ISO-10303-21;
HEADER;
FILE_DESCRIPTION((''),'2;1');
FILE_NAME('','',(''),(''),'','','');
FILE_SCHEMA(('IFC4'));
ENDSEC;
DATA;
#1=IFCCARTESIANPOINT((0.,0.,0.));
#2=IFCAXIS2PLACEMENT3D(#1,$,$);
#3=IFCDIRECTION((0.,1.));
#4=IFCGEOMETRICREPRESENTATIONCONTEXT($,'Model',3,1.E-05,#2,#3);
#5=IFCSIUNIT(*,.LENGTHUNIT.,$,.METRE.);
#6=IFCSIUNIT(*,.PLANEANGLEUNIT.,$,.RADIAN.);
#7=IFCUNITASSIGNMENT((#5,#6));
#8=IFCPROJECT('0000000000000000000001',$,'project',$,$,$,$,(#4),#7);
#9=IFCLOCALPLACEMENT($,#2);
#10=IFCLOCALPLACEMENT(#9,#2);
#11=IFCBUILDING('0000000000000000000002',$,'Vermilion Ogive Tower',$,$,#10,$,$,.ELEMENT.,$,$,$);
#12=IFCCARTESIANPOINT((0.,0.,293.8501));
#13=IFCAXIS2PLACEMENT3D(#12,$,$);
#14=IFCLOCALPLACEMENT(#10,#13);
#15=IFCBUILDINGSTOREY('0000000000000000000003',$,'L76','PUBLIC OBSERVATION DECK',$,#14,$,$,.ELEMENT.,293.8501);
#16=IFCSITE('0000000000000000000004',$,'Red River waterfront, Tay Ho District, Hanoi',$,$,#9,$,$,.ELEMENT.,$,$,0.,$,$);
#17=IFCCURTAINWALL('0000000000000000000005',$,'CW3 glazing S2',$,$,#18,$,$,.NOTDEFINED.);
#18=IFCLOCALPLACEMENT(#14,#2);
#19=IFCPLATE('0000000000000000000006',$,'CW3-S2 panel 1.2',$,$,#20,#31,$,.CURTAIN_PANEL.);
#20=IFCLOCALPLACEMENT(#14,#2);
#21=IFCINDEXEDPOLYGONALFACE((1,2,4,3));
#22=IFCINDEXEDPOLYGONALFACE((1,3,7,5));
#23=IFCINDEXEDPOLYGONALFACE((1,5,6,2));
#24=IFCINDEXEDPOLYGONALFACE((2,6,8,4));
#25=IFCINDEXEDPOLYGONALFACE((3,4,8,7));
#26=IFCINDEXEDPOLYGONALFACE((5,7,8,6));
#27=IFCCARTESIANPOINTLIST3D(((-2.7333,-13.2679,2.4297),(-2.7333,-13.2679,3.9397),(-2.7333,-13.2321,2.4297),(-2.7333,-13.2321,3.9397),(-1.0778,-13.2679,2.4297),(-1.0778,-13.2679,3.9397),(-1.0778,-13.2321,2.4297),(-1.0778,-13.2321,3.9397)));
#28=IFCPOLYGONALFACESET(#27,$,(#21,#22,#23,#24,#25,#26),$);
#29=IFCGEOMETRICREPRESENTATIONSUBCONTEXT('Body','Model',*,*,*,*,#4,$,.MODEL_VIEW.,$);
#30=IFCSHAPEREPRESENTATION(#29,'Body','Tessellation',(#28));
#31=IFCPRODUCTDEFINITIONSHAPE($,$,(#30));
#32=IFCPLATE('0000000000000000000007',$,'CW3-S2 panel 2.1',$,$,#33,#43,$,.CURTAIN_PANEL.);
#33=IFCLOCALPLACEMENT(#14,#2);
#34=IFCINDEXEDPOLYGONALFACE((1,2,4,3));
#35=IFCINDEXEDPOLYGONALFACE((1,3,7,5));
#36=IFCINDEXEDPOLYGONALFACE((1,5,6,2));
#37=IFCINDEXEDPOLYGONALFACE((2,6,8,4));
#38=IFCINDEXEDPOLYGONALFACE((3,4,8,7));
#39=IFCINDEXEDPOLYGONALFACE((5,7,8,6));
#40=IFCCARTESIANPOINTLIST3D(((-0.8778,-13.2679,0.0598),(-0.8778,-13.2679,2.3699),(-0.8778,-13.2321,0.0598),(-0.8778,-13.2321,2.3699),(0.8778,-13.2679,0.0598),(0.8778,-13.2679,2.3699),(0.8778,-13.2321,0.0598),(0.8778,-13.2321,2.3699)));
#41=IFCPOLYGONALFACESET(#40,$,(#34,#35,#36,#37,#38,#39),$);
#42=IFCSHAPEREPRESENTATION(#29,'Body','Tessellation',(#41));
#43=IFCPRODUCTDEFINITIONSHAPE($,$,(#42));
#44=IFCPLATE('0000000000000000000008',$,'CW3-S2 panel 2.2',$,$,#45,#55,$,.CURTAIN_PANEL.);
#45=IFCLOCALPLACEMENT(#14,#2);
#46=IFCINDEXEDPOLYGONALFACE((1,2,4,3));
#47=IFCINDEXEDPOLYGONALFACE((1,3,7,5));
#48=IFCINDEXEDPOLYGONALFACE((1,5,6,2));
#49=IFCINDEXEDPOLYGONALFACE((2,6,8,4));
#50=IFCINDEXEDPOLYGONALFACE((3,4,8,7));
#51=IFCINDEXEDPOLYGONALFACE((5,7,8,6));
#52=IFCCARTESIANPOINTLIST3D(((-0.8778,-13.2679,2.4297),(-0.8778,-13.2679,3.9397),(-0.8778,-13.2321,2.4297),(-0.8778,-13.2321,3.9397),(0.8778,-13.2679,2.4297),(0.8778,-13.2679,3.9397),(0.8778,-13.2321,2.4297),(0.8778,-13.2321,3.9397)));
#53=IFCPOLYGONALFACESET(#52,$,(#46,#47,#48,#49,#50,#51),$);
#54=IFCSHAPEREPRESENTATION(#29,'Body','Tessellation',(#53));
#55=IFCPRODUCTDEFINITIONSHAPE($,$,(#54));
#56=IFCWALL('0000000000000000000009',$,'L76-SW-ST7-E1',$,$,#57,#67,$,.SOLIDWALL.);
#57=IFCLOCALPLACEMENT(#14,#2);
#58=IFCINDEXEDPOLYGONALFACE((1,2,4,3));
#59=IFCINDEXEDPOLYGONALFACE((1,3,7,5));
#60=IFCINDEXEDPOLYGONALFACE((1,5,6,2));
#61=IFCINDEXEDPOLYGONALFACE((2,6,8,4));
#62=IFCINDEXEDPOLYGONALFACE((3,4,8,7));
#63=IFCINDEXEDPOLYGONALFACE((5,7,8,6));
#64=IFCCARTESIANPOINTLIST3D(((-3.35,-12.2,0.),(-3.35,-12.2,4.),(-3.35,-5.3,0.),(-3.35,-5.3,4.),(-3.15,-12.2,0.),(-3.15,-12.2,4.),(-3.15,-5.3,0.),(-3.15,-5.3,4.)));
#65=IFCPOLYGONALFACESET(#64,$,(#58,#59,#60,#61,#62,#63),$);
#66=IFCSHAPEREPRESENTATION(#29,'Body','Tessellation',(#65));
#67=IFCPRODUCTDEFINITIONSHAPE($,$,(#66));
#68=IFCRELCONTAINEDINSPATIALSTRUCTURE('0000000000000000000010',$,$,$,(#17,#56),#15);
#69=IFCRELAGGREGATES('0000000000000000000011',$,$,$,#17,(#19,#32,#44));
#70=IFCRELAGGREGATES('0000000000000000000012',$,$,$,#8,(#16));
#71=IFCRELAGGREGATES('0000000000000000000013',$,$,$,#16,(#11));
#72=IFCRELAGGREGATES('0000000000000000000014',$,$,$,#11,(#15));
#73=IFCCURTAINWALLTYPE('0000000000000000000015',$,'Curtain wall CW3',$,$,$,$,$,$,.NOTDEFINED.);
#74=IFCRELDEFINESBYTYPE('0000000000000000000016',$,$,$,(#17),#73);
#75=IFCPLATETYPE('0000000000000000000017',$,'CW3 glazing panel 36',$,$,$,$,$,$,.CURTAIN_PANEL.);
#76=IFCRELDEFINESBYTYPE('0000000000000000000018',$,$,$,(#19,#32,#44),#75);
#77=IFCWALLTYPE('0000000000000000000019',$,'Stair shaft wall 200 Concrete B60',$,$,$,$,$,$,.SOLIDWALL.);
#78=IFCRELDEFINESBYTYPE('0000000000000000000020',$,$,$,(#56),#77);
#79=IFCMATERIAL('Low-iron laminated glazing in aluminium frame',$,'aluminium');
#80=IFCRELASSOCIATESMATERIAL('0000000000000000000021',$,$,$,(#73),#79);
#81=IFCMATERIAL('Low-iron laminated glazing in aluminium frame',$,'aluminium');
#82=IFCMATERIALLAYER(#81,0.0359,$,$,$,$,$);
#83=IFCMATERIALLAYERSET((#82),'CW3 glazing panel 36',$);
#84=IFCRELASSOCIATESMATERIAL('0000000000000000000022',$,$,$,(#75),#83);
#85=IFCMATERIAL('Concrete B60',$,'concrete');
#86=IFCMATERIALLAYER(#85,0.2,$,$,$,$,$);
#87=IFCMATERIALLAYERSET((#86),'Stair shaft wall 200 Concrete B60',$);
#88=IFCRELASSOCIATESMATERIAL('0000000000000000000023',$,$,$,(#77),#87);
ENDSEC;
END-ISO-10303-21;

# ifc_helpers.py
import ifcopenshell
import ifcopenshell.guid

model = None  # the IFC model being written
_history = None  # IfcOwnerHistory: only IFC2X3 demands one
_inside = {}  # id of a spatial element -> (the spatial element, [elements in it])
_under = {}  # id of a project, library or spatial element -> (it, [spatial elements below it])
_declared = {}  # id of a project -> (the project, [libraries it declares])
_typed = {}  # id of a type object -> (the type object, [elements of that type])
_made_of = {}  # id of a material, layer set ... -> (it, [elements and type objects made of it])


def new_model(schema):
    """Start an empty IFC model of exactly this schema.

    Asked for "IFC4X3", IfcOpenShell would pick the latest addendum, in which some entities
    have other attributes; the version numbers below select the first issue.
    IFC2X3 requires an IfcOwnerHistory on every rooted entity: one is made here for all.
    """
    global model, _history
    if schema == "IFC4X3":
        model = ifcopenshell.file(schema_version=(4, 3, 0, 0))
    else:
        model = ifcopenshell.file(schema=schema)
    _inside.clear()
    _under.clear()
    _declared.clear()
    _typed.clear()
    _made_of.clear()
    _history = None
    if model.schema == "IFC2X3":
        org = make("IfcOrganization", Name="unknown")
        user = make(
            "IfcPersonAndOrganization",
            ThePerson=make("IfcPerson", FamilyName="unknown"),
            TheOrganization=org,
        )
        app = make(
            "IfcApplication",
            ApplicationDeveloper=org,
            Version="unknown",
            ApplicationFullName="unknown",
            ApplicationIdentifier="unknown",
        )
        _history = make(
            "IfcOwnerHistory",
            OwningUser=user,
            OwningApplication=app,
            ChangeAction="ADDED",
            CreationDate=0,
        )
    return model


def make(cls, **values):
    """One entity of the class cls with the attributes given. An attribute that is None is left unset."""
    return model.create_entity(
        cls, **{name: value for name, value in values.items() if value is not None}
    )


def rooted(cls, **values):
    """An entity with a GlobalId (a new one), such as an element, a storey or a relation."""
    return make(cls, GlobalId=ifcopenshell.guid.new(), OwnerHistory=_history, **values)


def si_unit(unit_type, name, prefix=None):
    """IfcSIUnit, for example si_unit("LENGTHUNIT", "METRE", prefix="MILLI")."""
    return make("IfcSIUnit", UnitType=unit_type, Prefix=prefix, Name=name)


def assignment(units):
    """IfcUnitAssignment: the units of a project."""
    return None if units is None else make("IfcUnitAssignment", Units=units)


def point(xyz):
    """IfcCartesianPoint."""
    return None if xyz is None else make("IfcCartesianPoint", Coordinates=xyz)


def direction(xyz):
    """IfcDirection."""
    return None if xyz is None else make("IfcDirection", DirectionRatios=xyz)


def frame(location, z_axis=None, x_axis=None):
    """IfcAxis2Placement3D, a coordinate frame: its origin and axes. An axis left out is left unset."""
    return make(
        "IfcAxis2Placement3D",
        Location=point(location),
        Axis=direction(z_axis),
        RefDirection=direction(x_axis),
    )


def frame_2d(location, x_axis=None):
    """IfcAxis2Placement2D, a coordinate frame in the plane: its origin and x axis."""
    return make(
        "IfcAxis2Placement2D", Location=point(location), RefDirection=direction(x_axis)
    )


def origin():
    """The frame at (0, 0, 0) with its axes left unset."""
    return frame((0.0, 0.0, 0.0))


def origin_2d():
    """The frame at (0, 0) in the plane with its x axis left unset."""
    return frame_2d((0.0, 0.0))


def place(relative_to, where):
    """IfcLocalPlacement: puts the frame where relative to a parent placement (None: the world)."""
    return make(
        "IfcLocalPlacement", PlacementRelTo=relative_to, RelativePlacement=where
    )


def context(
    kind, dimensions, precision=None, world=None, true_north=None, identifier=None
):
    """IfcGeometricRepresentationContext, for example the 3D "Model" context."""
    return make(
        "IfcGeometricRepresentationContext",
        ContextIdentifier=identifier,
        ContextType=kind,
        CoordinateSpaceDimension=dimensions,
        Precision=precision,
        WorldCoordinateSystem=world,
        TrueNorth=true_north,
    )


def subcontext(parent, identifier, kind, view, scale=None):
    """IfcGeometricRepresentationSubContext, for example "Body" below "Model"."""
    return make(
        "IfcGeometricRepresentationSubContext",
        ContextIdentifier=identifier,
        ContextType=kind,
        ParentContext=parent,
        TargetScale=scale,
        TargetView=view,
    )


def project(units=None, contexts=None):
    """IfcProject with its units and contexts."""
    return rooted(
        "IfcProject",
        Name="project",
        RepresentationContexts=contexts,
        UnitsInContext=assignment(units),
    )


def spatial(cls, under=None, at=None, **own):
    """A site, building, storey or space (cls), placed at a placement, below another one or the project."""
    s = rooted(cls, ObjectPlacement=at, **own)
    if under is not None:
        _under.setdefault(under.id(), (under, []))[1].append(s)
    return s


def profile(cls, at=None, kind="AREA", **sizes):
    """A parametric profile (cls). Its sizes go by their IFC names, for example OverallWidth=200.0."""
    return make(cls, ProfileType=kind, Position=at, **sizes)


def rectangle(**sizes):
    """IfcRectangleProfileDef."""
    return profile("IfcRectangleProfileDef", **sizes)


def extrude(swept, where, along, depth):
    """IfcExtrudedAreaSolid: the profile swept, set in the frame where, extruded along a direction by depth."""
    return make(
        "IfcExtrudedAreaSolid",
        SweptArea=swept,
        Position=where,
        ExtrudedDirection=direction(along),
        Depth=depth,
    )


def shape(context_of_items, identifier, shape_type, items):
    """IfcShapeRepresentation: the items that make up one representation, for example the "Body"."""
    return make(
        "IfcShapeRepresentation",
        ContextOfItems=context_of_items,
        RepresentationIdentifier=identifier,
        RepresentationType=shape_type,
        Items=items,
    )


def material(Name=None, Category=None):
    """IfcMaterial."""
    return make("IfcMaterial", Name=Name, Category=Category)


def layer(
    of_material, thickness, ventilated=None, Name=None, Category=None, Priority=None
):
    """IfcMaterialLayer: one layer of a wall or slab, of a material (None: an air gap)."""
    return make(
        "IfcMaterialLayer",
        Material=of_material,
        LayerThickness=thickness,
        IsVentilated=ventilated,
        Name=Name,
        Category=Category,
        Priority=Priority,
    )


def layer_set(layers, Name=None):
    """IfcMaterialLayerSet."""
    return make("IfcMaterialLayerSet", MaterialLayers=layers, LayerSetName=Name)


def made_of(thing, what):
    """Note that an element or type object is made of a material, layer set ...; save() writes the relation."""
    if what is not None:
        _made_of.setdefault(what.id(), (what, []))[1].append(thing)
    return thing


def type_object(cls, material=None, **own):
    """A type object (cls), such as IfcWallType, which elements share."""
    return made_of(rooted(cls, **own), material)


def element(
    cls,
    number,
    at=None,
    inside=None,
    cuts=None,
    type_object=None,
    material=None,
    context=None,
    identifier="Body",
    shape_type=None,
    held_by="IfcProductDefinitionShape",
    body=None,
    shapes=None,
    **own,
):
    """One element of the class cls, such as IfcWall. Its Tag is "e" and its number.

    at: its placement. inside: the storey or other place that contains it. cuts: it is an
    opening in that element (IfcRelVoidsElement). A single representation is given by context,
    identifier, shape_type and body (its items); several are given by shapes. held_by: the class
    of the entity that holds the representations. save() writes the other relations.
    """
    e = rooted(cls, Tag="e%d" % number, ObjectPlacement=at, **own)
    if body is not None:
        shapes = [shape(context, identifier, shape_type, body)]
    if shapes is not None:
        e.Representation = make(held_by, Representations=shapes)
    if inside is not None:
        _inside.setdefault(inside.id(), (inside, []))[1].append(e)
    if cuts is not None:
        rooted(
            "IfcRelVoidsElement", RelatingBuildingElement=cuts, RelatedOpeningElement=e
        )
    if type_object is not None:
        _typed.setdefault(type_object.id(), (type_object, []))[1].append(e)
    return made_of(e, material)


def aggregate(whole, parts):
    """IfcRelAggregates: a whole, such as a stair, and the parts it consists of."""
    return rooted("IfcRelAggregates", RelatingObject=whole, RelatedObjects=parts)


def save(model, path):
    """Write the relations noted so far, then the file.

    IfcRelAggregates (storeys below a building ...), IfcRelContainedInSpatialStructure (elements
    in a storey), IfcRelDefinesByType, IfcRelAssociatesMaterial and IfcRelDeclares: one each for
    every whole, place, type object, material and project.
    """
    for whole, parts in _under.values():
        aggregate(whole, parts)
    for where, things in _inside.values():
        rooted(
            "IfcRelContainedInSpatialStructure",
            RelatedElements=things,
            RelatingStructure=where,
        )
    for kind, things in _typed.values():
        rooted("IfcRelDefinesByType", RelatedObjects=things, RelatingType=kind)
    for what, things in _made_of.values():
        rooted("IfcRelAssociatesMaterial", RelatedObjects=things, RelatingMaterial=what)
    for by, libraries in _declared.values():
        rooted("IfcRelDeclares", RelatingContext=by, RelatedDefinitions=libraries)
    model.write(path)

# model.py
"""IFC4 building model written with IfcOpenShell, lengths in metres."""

from ifc_helpers import new_model, si_unit, direction, frame, frame_2d, origin, origin_2d, place, context, subcontext, project, spatial, rectangle, extrude, material, layer, layer_set, type_object, element, aggregate, save


model = new_model("IFC4")

# Units and contexts
model_context = context("Model", 3, precision=1e-05, world=origin(), true_north=direction((0.0, 1.0)))
body_context = subcontext(model_context, "Body", "Model", "MODEL_VIEW")
ifc_project = project(units=[si_unit("LENGTHUNIT", "METRE"), si_unit("PLANEANGLEUNIT", "RADIAN")], contexts=[model_context])

# Site, building, storey
site_placement = place(None, origin())
site = spatial("IfcSite", under=ifc_project, at=site_placement, Name="Red River waterfront, Tay Ho District, Hanoi", CompositionType="ELEMENT", RefElevation=0.0)
building_placement = place(site_placement, origin())
building = spatial("IfcBuilding", under=site, at=building_placement, Name="Vermilion Ogive Tower", CompositionType="ELEMENT")
storey_placement = place(building_placement, frame((0.0, 0.0, 293.8501)))
storey = spatial("IfcBuildingStorey", under=building, at=storey_placement, Name="L76", Description="PUBLIC OBSERVATION DECK", CompositionType="ELEMENT", Elevation=293.8501)

# Curtain wall
ifc_material_1 = material(Name="Low-iron laminated glazing in aluminium frame", Category="aluminium")
curtain_wall_type = type_object("IfcCurtainWallType", Name="Curtain wall CW3", PredefinedType="NOTDEFINED", material=ifc_material_1)
curtain_wall_1_placement = place(storey_placement, origin())
curtain_wall_1 = element("IfcCurtainWall", 1, at=curtain_wall_1_placement, inside=storey, type_object=curtain_wall_type, Name="CW3 glazing S2", PredefinedType="NOTDEFINED")

# Plates
ifc_material_2 = material(Name="Low-iron laminated glazing in aluminium frame", Category="aluminium")
ifc_layer_1 = layer(ifc_material_2, 0.0359)
ifc_layer_set_1 = layer_set([ifc_layer_1], Name="CW3 glazing panel 36")
plate_type = type_object("IfcPlateType", Name="CW3 glazing panel 36", PredefinedType="CURTAIN_PANEL", material=ifc_layer_set_1)
plate_1_placement = place(storey_placement, frame((-1.9055, -13.25, 2.4297), z_axis=(0.0, 0.0, 1.0), x_axis=(1.0, 0.0, 0.0)))
plate_1 = element("IfcPlate", 2, at=plate_1_placement, type_object=plate_type, Name="CW3-S2 panel 1.2", PredefinedType="CURTAIN_PANEL", context=body_context, shape_type="SweptSolid", body=[
    extrude(rectangle(XDim=1.6555, YDim=0.0359, at=origin_2d()), origin(), (0.0, 0.0, 1.0), 1.51),
])
plate_2_placement = place(storey_placement, frame((0.0, -13.25, 0.0598), z_axis=(0.0, 0.0, 1.0), x_axis=(1.0, 0.0, 0.0)))
plate_2 = element("IfcPlate", 3, at=plate_2_placement, type_object=plate_type, Name="CW3-S2 panel 2.1", PredefinedType="CURTAIN_PANEL", context=body_context, shape_type="SweptSolid", body=[
    extrude(rectangle(XDim=1.7556, YDim=0.0359, at=origin_2d()), origin(), (0.0, 0.0, 1.0), 2.3101),
])
plate_3_placement = place(storey_placement, frame((0.0, -13.25, 2.4297), z_axis=(0.0, 0.0, 1.0), x_axis=(1.0, 0.0, 0.0)))
plate_3 = element("IfcPlate", 4, at=plate_3_placement, type_object=plate_type, Name="CW3-S2 panel 2.2", PredefinedType="CURTAIN_PANEL", context=body_context, shape_type="SweptSolid", body=[
    extrude(rectangle(XDim=1.7556, YDim=0.0359, at=origin_2d()), origin(), (0.0, 0.0, 1.0), 1.51),
])
aggregate(curtain_wall_1, [plate_1, plate_2, plate_3])

# Wall
ifc_material_3 = material(Name="Concrete B60", Category="concrete")
ifc_layer_2 = layer(ifc_material_3, 0.2)
ifc_layer_set_2 = layer_set([ifc_layer_2], Name="Stair shaft wall 200 Concrete B60")
wall_type = type_object("IfcWallType", Name="Stair shaft wall 200 Concrete B60", PredefinedType="SOLIDWALL", material=ifc_layer_set_2)
wall_placement = place(storey_placement, frame((-3.25, -12.2, 0.0), z_axis=(0.0, 0.0, 1.0), x_axis=(0.0, 1.0, 0.0)))
element("IfcWall", 5, at=wall_placement, inside=storey, type_object=wall_type, Name="L76-SW-ST7-E1", PredefinedType="SOLIDWALL", context=body_context, shape_type="SweptSolid", body=[
    extrude(rectangle(XDim=6.8999, YDim=0.2, at=frame_2d((3.45, 0.0))), origin(), (0.0, 0.0, 1.0), 4.0),
])

save(model, "model.ifc")
